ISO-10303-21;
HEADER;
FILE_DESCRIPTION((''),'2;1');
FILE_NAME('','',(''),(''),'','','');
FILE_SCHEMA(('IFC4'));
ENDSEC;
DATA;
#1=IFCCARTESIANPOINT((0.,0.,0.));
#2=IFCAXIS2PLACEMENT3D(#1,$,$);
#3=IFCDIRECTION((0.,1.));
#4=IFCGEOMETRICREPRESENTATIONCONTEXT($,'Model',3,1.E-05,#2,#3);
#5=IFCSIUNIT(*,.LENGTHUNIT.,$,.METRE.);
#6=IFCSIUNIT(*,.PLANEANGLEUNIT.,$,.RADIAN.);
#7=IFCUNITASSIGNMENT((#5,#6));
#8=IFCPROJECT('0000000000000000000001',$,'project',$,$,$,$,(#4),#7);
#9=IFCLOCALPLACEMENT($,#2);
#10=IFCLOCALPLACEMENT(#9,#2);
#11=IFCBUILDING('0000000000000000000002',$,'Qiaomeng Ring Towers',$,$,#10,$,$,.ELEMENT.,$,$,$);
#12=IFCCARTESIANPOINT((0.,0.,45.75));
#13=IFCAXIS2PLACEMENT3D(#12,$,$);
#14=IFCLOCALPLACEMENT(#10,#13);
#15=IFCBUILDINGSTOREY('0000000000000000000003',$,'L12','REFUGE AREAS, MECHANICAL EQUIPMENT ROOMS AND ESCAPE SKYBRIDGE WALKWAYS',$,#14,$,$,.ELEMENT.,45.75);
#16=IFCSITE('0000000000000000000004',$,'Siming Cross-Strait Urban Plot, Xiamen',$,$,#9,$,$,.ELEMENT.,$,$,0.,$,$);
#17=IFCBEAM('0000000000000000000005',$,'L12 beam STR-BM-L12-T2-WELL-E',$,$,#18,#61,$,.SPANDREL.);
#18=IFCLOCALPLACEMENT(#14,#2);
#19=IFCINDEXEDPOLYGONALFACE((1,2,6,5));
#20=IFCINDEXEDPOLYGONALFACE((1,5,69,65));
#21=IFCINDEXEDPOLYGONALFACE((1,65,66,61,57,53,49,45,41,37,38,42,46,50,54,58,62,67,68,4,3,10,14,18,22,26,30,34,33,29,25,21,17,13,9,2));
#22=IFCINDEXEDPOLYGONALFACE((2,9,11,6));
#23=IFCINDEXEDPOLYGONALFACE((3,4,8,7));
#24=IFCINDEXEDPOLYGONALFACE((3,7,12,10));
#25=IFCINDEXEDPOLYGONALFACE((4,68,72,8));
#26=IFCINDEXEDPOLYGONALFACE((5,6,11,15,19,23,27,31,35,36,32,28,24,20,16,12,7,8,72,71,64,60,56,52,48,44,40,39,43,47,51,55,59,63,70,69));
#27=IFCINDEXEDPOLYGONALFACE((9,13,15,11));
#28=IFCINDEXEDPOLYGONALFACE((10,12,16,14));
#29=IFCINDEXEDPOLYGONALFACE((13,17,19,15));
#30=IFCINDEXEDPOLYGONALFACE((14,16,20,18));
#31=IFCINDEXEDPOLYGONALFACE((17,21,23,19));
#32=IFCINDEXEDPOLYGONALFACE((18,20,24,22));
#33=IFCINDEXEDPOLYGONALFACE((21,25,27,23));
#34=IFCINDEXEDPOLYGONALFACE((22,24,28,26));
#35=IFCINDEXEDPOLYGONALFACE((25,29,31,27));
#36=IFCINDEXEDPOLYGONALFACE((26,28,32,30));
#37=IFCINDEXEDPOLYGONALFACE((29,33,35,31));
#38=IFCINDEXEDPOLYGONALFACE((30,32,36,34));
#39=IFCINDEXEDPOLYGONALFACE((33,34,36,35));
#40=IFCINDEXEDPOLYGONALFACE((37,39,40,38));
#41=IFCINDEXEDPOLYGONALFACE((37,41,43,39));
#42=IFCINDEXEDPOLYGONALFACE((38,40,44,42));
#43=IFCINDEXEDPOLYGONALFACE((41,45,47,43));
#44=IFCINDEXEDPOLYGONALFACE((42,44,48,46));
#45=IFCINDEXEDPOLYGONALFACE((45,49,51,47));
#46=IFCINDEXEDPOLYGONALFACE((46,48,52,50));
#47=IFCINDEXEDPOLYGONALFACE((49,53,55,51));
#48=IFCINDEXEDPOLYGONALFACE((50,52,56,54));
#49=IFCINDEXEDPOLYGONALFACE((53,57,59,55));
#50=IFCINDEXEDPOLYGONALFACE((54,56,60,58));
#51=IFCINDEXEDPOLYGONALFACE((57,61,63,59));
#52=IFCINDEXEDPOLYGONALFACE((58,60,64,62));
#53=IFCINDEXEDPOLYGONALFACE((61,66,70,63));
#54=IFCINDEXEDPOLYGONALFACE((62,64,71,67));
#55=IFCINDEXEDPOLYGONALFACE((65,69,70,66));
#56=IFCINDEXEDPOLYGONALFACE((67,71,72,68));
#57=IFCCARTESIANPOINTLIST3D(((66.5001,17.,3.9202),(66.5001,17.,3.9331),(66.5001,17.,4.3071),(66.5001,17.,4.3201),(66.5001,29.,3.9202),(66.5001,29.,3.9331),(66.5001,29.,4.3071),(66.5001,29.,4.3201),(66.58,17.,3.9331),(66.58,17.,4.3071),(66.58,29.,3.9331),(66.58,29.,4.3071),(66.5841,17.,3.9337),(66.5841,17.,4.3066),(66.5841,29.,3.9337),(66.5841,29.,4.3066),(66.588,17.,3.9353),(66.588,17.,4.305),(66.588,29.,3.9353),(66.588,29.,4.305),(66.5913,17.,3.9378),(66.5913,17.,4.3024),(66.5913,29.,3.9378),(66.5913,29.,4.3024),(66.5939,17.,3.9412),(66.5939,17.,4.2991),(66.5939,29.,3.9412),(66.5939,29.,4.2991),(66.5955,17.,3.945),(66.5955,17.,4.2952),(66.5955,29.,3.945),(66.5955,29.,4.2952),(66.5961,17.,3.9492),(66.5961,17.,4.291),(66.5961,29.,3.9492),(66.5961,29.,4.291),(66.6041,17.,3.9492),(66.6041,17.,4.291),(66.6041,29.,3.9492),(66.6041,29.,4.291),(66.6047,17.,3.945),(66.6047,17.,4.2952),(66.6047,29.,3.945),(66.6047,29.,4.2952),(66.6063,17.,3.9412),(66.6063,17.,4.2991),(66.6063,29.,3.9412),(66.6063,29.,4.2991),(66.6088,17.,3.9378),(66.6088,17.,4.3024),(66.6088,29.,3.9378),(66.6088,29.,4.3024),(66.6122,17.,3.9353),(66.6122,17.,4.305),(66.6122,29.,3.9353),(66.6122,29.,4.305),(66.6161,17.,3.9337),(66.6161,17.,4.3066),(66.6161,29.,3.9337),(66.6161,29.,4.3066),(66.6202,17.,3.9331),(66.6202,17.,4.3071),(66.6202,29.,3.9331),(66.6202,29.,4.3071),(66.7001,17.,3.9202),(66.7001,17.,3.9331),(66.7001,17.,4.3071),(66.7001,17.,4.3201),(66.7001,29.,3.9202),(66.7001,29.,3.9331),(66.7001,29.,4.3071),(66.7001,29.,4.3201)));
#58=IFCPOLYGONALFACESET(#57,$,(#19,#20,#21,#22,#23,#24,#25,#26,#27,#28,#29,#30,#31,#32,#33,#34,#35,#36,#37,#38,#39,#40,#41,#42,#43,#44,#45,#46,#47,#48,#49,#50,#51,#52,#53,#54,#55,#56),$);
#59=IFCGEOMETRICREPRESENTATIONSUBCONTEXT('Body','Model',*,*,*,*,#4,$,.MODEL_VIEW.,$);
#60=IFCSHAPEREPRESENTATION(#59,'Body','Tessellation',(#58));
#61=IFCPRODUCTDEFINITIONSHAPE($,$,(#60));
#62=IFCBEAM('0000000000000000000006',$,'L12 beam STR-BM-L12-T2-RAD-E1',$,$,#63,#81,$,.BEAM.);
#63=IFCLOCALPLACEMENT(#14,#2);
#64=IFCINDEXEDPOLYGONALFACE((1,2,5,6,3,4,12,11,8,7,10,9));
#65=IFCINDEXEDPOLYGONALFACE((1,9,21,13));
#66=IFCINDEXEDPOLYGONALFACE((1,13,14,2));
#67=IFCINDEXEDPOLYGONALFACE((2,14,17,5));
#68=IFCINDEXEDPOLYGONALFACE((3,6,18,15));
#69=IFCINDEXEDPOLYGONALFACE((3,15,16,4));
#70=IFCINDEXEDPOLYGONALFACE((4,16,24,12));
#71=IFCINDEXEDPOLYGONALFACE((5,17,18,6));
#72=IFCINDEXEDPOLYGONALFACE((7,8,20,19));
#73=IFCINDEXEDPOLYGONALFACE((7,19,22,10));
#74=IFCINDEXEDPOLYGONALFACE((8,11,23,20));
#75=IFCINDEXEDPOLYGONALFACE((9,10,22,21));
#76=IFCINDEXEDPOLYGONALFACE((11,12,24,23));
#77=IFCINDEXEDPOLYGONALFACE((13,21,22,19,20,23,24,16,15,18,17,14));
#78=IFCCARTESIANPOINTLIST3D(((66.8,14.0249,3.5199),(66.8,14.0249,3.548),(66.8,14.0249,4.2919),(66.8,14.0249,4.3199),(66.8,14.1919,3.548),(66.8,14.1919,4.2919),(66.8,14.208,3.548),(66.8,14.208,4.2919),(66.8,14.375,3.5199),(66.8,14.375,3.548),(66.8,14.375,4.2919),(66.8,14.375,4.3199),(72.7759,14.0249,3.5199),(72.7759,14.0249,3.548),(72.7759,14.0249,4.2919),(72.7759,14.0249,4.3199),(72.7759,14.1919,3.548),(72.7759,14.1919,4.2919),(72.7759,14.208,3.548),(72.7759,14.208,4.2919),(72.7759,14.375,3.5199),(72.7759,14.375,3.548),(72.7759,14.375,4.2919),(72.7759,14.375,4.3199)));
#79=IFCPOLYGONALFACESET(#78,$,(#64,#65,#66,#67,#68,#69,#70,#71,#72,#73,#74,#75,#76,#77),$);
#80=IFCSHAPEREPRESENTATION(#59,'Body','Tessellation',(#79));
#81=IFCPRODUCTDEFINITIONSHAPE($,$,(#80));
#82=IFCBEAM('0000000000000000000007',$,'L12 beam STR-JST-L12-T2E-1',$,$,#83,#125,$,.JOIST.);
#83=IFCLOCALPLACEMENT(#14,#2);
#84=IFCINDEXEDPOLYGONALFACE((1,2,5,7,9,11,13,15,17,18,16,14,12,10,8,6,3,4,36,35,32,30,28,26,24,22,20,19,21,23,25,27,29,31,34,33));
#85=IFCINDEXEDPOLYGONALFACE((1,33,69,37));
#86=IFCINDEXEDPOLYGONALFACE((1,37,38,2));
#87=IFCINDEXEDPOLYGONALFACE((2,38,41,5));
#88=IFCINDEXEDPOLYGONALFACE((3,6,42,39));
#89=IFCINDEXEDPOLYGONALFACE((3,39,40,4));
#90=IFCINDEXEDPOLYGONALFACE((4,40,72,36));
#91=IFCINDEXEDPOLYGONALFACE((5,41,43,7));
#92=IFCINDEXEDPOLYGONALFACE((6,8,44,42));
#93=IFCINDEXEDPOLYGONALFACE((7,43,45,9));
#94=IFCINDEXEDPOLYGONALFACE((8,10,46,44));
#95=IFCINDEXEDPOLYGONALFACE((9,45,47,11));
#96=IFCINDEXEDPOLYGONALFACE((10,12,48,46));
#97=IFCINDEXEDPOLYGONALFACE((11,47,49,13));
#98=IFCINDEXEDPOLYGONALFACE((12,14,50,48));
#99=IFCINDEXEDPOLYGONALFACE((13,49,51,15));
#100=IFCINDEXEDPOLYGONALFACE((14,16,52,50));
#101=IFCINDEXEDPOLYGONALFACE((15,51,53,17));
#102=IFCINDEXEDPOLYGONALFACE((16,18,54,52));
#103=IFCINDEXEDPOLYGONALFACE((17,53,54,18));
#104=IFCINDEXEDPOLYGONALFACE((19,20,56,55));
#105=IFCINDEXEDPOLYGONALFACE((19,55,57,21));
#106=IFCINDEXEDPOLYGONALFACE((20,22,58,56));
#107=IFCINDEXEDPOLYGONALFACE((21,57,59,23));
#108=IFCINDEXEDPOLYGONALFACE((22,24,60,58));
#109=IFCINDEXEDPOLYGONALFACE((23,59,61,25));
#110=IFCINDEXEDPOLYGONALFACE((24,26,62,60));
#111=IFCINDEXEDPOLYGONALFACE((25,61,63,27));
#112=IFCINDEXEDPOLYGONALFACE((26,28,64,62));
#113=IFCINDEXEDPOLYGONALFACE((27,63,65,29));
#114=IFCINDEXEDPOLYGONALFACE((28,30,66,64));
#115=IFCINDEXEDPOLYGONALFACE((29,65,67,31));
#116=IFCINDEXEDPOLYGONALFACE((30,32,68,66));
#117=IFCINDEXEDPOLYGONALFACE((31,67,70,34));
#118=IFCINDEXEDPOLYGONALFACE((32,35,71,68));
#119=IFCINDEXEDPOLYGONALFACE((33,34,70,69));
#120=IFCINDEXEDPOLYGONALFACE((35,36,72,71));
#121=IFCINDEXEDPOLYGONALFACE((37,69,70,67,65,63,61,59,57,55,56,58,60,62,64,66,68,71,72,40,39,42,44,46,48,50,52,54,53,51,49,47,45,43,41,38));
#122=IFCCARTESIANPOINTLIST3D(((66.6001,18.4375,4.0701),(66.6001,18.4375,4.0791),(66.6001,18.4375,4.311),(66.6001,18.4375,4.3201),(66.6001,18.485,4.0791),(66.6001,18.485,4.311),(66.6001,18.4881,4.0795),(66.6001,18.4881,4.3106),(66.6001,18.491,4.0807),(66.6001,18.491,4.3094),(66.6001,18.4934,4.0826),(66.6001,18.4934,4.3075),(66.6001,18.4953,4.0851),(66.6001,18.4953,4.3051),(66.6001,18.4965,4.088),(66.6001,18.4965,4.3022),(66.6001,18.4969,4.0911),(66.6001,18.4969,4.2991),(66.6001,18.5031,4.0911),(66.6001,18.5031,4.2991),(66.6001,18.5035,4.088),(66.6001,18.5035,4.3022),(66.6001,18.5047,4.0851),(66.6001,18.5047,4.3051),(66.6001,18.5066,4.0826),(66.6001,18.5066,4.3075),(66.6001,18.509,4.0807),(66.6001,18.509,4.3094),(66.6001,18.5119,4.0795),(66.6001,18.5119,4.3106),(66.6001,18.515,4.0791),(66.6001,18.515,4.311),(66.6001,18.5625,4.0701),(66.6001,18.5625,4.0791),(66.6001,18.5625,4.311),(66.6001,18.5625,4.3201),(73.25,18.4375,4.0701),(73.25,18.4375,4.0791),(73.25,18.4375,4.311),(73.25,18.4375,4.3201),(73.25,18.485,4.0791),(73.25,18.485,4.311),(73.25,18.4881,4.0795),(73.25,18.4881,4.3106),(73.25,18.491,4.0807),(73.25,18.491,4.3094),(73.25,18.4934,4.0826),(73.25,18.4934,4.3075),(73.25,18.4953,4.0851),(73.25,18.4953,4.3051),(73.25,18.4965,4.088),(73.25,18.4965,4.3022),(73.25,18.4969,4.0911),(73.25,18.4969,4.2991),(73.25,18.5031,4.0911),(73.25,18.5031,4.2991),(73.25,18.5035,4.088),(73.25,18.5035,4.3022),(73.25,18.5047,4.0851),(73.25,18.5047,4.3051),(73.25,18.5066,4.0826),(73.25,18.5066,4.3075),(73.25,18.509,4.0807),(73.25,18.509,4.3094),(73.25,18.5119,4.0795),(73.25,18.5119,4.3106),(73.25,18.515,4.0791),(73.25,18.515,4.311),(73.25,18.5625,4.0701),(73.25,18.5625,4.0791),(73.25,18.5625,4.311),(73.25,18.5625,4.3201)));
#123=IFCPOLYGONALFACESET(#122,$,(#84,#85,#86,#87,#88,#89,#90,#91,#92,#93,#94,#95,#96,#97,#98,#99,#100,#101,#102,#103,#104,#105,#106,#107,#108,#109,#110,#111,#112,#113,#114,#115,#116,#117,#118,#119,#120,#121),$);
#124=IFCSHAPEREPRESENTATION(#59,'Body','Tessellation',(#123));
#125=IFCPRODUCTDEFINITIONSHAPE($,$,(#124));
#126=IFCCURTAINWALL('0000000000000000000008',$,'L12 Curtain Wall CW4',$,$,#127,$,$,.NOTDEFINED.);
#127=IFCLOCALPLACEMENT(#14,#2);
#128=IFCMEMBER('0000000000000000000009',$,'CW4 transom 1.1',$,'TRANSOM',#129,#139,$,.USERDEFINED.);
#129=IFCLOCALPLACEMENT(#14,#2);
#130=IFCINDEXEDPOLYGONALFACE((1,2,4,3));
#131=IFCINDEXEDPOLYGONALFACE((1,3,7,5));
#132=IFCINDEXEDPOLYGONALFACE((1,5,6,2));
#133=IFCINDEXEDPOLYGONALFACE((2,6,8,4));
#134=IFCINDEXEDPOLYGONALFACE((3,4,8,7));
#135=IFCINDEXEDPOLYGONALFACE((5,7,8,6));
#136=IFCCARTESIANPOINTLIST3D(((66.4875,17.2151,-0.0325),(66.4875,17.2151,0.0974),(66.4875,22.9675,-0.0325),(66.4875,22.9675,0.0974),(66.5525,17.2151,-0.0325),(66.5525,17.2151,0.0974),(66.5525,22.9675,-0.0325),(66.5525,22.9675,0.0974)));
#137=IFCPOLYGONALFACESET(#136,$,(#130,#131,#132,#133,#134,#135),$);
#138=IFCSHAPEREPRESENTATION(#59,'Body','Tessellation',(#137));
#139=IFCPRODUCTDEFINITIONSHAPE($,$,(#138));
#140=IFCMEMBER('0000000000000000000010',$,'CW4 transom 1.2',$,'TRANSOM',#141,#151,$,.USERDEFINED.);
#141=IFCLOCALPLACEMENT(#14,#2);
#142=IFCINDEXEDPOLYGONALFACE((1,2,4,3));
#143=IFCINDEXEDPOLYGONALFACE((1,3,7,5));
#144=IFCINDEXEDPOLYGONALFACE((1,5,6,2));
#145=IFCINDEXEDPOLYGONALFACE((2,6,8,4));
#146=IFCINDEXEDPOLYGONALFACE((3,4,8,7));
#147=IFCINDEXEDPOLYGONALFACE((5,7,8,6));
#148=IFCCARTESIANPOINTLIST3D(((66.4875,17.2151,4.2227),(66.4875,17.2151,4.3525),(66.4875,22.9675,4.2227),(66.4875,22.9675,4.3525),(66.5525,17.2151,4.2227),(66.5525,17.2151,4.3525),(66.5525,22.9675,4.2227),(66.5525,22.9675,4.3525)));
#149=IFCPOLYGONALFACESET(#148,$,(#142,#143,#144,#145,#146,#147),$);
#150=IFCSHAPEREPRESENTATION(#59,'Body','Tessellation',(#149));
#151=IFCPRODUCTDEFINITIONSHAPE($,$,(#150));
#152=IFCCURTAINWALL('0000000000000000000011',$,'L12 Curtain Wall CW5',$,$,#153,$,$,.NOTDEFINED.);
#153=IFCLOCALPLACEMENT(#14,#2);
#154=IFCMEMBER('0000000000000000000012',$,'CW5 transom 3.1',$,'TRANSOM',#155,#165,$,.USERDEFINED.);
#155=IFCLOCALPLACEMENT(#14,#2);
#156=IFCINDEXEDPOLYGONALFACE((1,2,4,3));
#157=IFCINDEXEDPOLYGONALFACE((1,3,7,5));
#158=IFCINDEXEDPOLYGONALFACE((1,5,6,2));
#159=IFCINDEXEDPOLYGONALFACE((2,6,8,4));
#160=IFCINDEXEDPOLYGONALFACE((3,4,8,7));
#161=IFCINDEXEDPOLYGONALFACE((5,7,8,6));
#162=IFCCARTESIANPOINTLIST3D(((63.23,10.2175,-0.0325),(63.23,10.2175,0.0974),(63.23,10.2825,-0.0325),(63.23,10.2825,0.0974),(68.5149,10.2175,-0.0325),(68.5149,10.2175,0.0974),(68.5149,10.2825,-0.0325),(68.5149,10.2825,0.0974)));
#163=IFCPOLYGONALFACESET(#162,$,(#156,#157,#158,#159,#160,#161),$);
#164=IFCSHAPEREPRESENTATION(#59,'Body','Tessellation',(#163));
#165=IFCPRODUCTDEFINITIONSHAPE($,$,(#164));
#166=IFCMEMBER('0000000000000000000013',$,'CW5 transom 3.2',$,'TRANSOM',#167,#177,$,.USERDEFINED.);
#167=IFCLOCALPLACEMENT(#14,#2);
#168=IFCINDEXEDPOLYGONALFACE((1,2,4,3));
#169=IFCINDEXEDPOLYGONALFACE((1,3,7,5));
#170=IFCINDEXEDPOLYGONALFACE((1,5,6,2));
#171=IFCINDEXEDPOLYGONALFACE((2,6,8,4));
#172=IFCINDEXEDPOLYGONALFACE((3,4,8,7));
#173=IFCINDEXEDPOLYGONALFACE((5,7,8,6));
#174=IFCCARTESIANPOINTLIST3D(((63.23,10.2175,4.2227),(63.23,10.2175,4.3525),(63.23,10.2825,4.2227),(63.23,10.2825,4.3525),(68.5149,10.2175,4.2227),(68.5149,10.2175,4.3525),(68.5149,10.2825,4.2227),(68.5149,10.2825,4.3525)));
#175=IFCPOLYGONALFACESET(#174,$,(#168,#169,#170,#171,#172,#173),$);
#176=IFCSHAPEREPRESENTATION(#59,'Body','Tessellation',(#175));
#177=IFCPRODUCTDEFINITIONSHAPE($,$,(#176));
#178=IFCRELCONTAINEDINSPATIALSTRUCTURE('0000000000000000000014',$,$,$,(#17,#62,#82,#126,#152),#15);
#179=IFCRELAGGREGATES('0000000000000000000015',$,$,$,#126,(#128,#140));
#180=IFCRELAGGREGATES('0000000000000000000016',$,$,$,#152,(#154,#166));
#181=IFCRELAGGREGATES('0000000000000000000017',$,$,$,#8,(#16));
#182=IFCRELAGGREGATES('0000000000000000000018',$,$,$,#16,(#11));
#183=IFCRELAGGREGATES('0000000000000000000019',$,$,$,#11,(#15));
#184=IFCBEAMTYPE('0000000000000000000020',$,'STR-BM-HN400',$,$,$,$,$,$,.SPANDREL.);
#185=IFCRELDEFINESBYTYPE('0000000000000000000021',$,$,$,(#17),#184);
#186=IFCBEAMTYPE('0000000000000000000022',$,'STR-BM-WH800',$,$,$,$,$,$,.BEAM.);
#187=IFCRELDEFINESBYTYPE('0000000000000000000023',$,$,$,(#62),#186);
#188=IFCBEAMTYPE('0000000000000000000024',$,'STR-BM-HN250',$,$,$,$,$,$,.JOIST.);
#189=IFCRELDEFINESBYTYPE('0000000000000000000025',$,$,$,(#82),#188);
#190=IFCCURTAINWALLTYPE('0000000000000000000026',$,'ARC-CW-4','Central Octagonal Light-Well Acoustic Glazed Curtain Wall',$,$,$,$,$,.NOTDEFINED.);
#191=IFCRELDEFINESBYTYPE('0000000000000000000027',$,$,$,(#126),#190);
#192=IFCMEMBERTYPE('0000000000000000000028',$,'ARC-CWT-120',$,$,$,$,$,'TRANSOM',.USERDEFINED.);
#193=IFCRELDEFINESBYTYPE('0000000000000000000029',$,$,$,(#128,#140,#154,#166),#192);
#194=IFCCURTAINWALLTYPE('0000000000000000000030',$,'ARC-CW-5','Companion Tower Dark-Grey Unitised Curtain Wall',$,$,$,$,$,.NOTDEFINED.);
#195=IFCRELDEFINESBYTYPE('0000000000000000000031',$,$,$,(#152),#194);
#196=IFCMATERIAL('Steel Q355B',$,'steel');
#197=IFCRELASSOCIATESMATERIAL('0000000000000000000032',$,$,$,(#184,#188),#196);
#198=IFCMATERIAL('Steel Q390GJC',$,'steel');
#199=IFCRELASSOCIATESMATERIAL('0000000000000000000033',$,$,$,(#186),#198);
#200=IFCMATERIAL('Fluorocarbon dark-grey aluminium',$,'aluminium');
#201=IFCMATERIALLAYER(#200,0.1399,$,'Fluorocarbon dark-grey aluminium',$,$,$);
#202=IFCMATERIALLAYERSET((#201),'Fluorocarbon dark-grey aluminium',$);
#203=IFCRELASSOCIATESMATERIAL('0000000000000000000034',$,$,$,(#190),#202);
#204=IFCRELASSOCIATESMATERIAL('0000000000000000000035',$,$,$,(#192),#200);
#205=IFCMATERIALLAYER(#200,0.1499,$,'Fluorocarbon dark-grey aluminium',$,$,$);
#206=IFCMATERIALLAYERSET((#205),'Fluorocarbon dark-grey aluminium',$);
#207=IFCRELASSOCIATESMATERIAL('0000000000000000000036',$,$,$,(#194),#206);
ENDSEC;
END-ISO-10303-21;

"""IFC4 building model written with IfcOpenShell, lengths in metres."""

from ifc_helpers import new_model, si_unit, direction, frame, origin, origin_2d, place, context, subcontext, project, spatial, rectangle, i_section, extrude, source, transform, mapped, material, layer, layer_set, material_profile, profile_set, type_object, element, aggregate, save


model = new_model("IFC4")

# Units and contexts
model_context = context("Model", 3, precision=1e-05, world=origin(), true_north=direction((0.0, 1.0)))
body_context = subcontext(model_context, "Body", "Model", "MODEL_VIEW")
ifc_project = project(units=[si_unit("LENGTHUNIT", "METRE"), si_unit("PLANEANGLEUNIT", "RADIAN")], contexts=[model_context])

# Site, building, storey
site_placement = place(None, origin())
site = spatial("IfcSite", under=ifc_project, at=site_placement, Name="Siming Cross-Strait Urban Plot, Xiamen", CompositionType="ELEMENT", RefElevation=0.0)
building_placement = place(site_placement, origin())
building = spatial("IfcBuilding", under=site, at=building_placement, Name="Qiaomeng Ring Towers", CompositionType="ELEMENT")
storey_placement = place(building_placement, frame((0.0, 0.0, 45.75)))
storey = spatial("IfcBuildingStorey", under=building, at=storey_placement, Name="L12", Description="REFUGE AREAS, MECHANICAL EQUIPMENT ROOMS AND ESCAPE SKYBRIDGE WALKWAYS", CompositionType="ELEMENT", Elevation=45.75)

# Beams
ifc_material_1 = material(Name="Steel Q355B", Category="steel")
ifc_material_profile_1 = material_profile(ifc_material_1, i_section(OverallWidth=0.2, OverallDepth=0.3999, WebThickness=0.0081, FlangeThickness=0.0129, FilletRadius=0.0161, at=origin_2d()), Name="HN 400x200x8x13")
ifc_profile_set_1 = profile_set([ifc_material_profile_1], Name="Steel Q355B")
beam_type_1 = type_object("IfcBeamType", Name="STR-BM-HN400", PredefinedType="SPANDREL", material=ifc_profile_set_1)
shared_shape_1 = source(origin(), body_context, "Body", "SweptSolid", [
    extrude(i_section(OverallWidth=0.2, OverallDepth=0.3999, WebThickness=0.0081, FlangeThickness=0.0129, FilletRadius=0.0161, at=origin_2d()), origin(), (0.0, 0.0, 1.0), 12.0),
])
beam_1_placement = place(storey_placement, frame((66.6001, 17.0, 4.1201), z_axis=(0.0, 1.0, 0.0), x_axis=(-1.0, 0.0, 0.0)))
element("IfcBeam", 1, at=beam_1_placement, inside=storey, type_object=beam_type_1, Name="L12 beam STR-BM-L12-T2-WELL-E", PredefinedType="SPANDREL", context=body_context, shape_type="MappedRepresentation", body=[
    mapped(shared_shape_1, transform((0.0, 0.0, 0.0), x_axis=(1.0, 0.0, 0.0), y_axis=(0.0, 1.0, 0.0), z_axis=(0.0, 0.0, 1.0), scale=1.0)),
])
ifc_material_2 = material(Name="Steel Q390GJC", Category="steel")
ifc_material_profile_2 = material_profile(ifc_material_2, i_section(OverallWidth=0.3501, OverallDepth=0.8, WebThickness=0.0161, FlangeThickness=0.0281, at=origin_2d()), Name="WH 800x350x16x28")
ifc_profile_set_2 = profile_set([ifc_material_profile_2], Name="Steel Q390GJC")
beam_type_2 = type_object("IfcBeamType", Name="STR-BM-WH800", PredefinedType="BEAM", material=ifc_profile_set_2)
shared_shape_2 = source(origin(), body_context, "Body", "SweptSolid", [
    extrude(i_section(OverallWidth=0.3501, OverallDepth=0.8, WebThickness=0.0161, FlangeThickness=0.0281, at=origin_2d()), origin(), (0.0, 0.0, 1.0), 5.9758),
])
beam_2_placement = place(storey_placement, frame((66.8, 14.2, 3.9199), z_axis=(1.0, 0.0, 0.0), x_axis=(0.0, 1.0, 0.0)))
element("IfcBeam", 2, at=beam_2_placement, inside=storey, type_object=beam_type_2, Name="L12 beam STR-BM-L12-T2-RAD-E1", PredefinedType="BEAM", context=body_context, shape_type="MappedRepresentation", body=[
    mapped(shared_shape_2, transform((0.0, 0.0, 0.0), x_axis=(1.0, 0.0, 0.0), y_axis=(0.0, 1.0, 0.0), z_axis=(0.0, 0.0, 1.0), scale=1.0)),
])
ifc_material_profile_3 = material_profile(ifc_material_1, i_section(OverallWidth=0.125, OverallDepth=0.25, WebThickness=0.0061, FlangeThickness=0.009, FilletRadius=0.012, at=origin_2d()), Name="HN 250x125x6x9")
ifc_profile_set_3 = profile_set([ifc_material_profile_3], Name="Steel Q355B")
beam_type_3 = type_object("IfcBeamType", Name="STR-BM-HN250", PredefinedType="JOIST", material=ifc_profile_set_3)
shared_shape_3 = source(origin(), body_context, "Body", "SweptSolid", [
    extrude(i_section(OverallWidth=0.125, OverallDepth=0.25, WebThickness=0.0061, FlangeThickness=0.009, FilletRadius=0.012, at=origin_2d()), origin(), (0.0, 0.0, 1.0), 6.6499),
])
beam_3_placement = place(storey_placement, frame((66.6001, 18.5, 4.1951), z_axis=(1.0, 0.0, 0.0), x_axis=(0.0, 1.0, 0.0)))
element("IfcBeam", 3, at=beam_3_placement, inside=storey, type_object=beam_type_3, Name="L12 beam STR-JST-L12-T2E-1", PredefinedType="JOIST", context=body_context, shape_type="MappedRepresentation", body=[
    mapped(shared_shape_3, transform((0.0, 0.0, 0.0), x_axis=(1.0, 0.0, 0.0), y_axis=(0.0, 1.0, 0.0), z_axis=(0.0, 0.0, 1.0), scale=1.0)),
])

# Curtain walls, members
ifc_material_3 = material(Name="Fluorocarbon dark-grey aluminium", Category="aluminium")
ifc_layer_1 = layer(ifc_material_3, 0.1399, Name="Fluorocarbon dark-grey aluminium")
ifc_layer_set_1 = layer_set([ifc_layer_1], Name="Fluorocarbon dark-grey aluminium")
curtain_wall_type_1 = type_object("IfcCurtainWallType", Name="ARC-CW-4", Description="Central Octagonal Light-Well Acoustic Glazed Curtain Wall", PredefinedType="NOTDEFINED", material=ifc_layer_set_1)
curtain_wall_1_placement = place(storey_placement, origin())
curtain_wall_1 = element("IfcCurtainWall", 4, at=curtain_wall_1_placement, inside=storey, type_object=curtain_wall_type_1, Name="L12 Curtain Wall CW4", PredefinedType="NOTDEFINED")
ifc_material_profile_4 = material_profile(ifc_material_3, rectangle(XDim=0.0649, YDim=0.1299, at=origin_2d()), Name="ALU TRAN 65x130")
ifc_profile_set_4 = profile_set([ifc_material_profile_4], Name="Fluorocarbon dark-grey aluminium")
member_type_1 = type_object("IfcMemberType", Name="ARC-CWT-120", ElementType="TRANSOM", PredefinedType="USERDEFINED", material=ifc_profile_set_4)
shared_shape_4 = source(origin(), body_context, "Body", "SweptSolid", [
    extrude(rectangle(XDim=0.0649, YDim=0.1299, at=origin_2d()), origin(), (0.0, 0.0, 1.0), 5.7524),
])
member_1_placement = place(storey_placement, frame((66.52, 17.2151, 0.0325), z_axis=(0.0, 1.0, 0.0), x_axis=(-1.0, 0.0, 0.0)))
member_1 = element("IfcMember", 5, at=member_1_placement, type_object=member_type_1, Name="CW4 transom 1.1", ObjectType="TRANSOM", PredefinedType="USERDEFINED", context=body_context, shape_type="MappedRepresentation", body=[
    mapped(shared_shape_4, transform((0.0, 0.0, 0.0), x_axis=(1.0, 0.0, 0.0), y_axis=(0.0, 1.0, 0.0), z_axis=(0.0, 0.0, 1.0), scale=1.0)),
])
member_2_placement = place(storey_placement, frame((66.52, 17.2151, 4.2876), z_axis=(0.0, 1.0, 0.0), x_axis=(-1.0, 0.0, 0.0)))
member_2 = element("IfcMember", 6, at=member_2_placement, type_object=member_type_1, Name="CW4 transom 1.2", ObjectType="TRANSOM", PredefinedType="USERDEFINED", context=body_context, shape_type="MappedRepresentation", body=[
    mapped(shared_shape_4, transform((0.0, 0.0, 0.0), x_axis=(1.0, 0.0, 0.0), y_axis=(0.0, 1.0, 0.0), z_axis=(0.0, 0.0, 1.0), scale=1.0)),
])
ifc_layer_2 = layer(ifc_material_3, 0.1499, Name="Fluorocarbon dark-grey aluminium")
ifc_layer_set_2 = layer_set([ifc_layer_2], Name="Fluorocarbon dark-grey aluminium")
curtain_wall_type_2 = type_object("IfcCurtainWallType", Name="ARC-CW-5", Description="Companion Tower Dark-Grey Unitised Curtain Wall", PredefinedType="NOTDEFINED", material=ifc_layer_set_2)
curtain_wall_2_placement = place(storey_placement, origin())
curtain_wall_2 = element("IfcCurtainWall", 7, at=curtain_wall_2_placement, inside=storey, type_object=curtain_wall_type_2, Name="L12 Curtain Wall CW5", PredefinedType="NOTDEFINED")
shared_shape_5 = source(origin(), body_context, "Body", "SweptSolid", [
    extrude(rectangle(XDim=0.0649, YDim=0.1299, at=origin_2d()), origin(), (0.0, 0.0, 1.0), 5.2849),
])
member_3_placement = place(storey_placement, frame((63.23, 10.25, 0.0325), z_axis=(1.0, 0.0, 0.0), x_axis=(0.0, 1.0, 0.0)))
member_3 = element("IfcMember", 8, at=member_3_placement, type_object=member_type_1, Name="CW5 transom 3.1", ObjectType="TRANSOM", PredefinedType="USERDEFINED", context=body_context, shape_type="MappedRepresentation", body=[
    mapped(shared_shape_5, transform((0.0, 0.0, 0.0), x_axis=(1.0, 0.0, 0.0), y_axis=(0.0, 1.0, 0.0), z_axis=(0.0, 0.0, 1.0), scale=1.0)),
])
member_4_placement = place(storey_placement, frame((63.23, 10.25, 4.2876), z_axis=(1.0, 0.0, 0.0), x_axis=(0.0, 1.0, 0.0)))
member_4 = element("IfcMember", 9, at=member_4_placement, type_object=member_type_1, Name="CW5 transom 3.2", ObjectType="TRANSOM", PredefinedType="USERDEFINED", context=body_context, shape_type="MappedRepresentation", body=[
    mapped(shared_shape_5, transform((0.0, 0.0, 0.0), x_axis=(1.0, 0.0, 0.0), y_axis=(0.0, 1.0, 0.0), z_axis=(0.0, 0.0, 1.0), scale=1.0)),
])

aggregate(curtain_wall_1, [member_1, member_2])

aggregate(curtain_wall_2, [member_3, member_4])

save(model, "model.ifc")
